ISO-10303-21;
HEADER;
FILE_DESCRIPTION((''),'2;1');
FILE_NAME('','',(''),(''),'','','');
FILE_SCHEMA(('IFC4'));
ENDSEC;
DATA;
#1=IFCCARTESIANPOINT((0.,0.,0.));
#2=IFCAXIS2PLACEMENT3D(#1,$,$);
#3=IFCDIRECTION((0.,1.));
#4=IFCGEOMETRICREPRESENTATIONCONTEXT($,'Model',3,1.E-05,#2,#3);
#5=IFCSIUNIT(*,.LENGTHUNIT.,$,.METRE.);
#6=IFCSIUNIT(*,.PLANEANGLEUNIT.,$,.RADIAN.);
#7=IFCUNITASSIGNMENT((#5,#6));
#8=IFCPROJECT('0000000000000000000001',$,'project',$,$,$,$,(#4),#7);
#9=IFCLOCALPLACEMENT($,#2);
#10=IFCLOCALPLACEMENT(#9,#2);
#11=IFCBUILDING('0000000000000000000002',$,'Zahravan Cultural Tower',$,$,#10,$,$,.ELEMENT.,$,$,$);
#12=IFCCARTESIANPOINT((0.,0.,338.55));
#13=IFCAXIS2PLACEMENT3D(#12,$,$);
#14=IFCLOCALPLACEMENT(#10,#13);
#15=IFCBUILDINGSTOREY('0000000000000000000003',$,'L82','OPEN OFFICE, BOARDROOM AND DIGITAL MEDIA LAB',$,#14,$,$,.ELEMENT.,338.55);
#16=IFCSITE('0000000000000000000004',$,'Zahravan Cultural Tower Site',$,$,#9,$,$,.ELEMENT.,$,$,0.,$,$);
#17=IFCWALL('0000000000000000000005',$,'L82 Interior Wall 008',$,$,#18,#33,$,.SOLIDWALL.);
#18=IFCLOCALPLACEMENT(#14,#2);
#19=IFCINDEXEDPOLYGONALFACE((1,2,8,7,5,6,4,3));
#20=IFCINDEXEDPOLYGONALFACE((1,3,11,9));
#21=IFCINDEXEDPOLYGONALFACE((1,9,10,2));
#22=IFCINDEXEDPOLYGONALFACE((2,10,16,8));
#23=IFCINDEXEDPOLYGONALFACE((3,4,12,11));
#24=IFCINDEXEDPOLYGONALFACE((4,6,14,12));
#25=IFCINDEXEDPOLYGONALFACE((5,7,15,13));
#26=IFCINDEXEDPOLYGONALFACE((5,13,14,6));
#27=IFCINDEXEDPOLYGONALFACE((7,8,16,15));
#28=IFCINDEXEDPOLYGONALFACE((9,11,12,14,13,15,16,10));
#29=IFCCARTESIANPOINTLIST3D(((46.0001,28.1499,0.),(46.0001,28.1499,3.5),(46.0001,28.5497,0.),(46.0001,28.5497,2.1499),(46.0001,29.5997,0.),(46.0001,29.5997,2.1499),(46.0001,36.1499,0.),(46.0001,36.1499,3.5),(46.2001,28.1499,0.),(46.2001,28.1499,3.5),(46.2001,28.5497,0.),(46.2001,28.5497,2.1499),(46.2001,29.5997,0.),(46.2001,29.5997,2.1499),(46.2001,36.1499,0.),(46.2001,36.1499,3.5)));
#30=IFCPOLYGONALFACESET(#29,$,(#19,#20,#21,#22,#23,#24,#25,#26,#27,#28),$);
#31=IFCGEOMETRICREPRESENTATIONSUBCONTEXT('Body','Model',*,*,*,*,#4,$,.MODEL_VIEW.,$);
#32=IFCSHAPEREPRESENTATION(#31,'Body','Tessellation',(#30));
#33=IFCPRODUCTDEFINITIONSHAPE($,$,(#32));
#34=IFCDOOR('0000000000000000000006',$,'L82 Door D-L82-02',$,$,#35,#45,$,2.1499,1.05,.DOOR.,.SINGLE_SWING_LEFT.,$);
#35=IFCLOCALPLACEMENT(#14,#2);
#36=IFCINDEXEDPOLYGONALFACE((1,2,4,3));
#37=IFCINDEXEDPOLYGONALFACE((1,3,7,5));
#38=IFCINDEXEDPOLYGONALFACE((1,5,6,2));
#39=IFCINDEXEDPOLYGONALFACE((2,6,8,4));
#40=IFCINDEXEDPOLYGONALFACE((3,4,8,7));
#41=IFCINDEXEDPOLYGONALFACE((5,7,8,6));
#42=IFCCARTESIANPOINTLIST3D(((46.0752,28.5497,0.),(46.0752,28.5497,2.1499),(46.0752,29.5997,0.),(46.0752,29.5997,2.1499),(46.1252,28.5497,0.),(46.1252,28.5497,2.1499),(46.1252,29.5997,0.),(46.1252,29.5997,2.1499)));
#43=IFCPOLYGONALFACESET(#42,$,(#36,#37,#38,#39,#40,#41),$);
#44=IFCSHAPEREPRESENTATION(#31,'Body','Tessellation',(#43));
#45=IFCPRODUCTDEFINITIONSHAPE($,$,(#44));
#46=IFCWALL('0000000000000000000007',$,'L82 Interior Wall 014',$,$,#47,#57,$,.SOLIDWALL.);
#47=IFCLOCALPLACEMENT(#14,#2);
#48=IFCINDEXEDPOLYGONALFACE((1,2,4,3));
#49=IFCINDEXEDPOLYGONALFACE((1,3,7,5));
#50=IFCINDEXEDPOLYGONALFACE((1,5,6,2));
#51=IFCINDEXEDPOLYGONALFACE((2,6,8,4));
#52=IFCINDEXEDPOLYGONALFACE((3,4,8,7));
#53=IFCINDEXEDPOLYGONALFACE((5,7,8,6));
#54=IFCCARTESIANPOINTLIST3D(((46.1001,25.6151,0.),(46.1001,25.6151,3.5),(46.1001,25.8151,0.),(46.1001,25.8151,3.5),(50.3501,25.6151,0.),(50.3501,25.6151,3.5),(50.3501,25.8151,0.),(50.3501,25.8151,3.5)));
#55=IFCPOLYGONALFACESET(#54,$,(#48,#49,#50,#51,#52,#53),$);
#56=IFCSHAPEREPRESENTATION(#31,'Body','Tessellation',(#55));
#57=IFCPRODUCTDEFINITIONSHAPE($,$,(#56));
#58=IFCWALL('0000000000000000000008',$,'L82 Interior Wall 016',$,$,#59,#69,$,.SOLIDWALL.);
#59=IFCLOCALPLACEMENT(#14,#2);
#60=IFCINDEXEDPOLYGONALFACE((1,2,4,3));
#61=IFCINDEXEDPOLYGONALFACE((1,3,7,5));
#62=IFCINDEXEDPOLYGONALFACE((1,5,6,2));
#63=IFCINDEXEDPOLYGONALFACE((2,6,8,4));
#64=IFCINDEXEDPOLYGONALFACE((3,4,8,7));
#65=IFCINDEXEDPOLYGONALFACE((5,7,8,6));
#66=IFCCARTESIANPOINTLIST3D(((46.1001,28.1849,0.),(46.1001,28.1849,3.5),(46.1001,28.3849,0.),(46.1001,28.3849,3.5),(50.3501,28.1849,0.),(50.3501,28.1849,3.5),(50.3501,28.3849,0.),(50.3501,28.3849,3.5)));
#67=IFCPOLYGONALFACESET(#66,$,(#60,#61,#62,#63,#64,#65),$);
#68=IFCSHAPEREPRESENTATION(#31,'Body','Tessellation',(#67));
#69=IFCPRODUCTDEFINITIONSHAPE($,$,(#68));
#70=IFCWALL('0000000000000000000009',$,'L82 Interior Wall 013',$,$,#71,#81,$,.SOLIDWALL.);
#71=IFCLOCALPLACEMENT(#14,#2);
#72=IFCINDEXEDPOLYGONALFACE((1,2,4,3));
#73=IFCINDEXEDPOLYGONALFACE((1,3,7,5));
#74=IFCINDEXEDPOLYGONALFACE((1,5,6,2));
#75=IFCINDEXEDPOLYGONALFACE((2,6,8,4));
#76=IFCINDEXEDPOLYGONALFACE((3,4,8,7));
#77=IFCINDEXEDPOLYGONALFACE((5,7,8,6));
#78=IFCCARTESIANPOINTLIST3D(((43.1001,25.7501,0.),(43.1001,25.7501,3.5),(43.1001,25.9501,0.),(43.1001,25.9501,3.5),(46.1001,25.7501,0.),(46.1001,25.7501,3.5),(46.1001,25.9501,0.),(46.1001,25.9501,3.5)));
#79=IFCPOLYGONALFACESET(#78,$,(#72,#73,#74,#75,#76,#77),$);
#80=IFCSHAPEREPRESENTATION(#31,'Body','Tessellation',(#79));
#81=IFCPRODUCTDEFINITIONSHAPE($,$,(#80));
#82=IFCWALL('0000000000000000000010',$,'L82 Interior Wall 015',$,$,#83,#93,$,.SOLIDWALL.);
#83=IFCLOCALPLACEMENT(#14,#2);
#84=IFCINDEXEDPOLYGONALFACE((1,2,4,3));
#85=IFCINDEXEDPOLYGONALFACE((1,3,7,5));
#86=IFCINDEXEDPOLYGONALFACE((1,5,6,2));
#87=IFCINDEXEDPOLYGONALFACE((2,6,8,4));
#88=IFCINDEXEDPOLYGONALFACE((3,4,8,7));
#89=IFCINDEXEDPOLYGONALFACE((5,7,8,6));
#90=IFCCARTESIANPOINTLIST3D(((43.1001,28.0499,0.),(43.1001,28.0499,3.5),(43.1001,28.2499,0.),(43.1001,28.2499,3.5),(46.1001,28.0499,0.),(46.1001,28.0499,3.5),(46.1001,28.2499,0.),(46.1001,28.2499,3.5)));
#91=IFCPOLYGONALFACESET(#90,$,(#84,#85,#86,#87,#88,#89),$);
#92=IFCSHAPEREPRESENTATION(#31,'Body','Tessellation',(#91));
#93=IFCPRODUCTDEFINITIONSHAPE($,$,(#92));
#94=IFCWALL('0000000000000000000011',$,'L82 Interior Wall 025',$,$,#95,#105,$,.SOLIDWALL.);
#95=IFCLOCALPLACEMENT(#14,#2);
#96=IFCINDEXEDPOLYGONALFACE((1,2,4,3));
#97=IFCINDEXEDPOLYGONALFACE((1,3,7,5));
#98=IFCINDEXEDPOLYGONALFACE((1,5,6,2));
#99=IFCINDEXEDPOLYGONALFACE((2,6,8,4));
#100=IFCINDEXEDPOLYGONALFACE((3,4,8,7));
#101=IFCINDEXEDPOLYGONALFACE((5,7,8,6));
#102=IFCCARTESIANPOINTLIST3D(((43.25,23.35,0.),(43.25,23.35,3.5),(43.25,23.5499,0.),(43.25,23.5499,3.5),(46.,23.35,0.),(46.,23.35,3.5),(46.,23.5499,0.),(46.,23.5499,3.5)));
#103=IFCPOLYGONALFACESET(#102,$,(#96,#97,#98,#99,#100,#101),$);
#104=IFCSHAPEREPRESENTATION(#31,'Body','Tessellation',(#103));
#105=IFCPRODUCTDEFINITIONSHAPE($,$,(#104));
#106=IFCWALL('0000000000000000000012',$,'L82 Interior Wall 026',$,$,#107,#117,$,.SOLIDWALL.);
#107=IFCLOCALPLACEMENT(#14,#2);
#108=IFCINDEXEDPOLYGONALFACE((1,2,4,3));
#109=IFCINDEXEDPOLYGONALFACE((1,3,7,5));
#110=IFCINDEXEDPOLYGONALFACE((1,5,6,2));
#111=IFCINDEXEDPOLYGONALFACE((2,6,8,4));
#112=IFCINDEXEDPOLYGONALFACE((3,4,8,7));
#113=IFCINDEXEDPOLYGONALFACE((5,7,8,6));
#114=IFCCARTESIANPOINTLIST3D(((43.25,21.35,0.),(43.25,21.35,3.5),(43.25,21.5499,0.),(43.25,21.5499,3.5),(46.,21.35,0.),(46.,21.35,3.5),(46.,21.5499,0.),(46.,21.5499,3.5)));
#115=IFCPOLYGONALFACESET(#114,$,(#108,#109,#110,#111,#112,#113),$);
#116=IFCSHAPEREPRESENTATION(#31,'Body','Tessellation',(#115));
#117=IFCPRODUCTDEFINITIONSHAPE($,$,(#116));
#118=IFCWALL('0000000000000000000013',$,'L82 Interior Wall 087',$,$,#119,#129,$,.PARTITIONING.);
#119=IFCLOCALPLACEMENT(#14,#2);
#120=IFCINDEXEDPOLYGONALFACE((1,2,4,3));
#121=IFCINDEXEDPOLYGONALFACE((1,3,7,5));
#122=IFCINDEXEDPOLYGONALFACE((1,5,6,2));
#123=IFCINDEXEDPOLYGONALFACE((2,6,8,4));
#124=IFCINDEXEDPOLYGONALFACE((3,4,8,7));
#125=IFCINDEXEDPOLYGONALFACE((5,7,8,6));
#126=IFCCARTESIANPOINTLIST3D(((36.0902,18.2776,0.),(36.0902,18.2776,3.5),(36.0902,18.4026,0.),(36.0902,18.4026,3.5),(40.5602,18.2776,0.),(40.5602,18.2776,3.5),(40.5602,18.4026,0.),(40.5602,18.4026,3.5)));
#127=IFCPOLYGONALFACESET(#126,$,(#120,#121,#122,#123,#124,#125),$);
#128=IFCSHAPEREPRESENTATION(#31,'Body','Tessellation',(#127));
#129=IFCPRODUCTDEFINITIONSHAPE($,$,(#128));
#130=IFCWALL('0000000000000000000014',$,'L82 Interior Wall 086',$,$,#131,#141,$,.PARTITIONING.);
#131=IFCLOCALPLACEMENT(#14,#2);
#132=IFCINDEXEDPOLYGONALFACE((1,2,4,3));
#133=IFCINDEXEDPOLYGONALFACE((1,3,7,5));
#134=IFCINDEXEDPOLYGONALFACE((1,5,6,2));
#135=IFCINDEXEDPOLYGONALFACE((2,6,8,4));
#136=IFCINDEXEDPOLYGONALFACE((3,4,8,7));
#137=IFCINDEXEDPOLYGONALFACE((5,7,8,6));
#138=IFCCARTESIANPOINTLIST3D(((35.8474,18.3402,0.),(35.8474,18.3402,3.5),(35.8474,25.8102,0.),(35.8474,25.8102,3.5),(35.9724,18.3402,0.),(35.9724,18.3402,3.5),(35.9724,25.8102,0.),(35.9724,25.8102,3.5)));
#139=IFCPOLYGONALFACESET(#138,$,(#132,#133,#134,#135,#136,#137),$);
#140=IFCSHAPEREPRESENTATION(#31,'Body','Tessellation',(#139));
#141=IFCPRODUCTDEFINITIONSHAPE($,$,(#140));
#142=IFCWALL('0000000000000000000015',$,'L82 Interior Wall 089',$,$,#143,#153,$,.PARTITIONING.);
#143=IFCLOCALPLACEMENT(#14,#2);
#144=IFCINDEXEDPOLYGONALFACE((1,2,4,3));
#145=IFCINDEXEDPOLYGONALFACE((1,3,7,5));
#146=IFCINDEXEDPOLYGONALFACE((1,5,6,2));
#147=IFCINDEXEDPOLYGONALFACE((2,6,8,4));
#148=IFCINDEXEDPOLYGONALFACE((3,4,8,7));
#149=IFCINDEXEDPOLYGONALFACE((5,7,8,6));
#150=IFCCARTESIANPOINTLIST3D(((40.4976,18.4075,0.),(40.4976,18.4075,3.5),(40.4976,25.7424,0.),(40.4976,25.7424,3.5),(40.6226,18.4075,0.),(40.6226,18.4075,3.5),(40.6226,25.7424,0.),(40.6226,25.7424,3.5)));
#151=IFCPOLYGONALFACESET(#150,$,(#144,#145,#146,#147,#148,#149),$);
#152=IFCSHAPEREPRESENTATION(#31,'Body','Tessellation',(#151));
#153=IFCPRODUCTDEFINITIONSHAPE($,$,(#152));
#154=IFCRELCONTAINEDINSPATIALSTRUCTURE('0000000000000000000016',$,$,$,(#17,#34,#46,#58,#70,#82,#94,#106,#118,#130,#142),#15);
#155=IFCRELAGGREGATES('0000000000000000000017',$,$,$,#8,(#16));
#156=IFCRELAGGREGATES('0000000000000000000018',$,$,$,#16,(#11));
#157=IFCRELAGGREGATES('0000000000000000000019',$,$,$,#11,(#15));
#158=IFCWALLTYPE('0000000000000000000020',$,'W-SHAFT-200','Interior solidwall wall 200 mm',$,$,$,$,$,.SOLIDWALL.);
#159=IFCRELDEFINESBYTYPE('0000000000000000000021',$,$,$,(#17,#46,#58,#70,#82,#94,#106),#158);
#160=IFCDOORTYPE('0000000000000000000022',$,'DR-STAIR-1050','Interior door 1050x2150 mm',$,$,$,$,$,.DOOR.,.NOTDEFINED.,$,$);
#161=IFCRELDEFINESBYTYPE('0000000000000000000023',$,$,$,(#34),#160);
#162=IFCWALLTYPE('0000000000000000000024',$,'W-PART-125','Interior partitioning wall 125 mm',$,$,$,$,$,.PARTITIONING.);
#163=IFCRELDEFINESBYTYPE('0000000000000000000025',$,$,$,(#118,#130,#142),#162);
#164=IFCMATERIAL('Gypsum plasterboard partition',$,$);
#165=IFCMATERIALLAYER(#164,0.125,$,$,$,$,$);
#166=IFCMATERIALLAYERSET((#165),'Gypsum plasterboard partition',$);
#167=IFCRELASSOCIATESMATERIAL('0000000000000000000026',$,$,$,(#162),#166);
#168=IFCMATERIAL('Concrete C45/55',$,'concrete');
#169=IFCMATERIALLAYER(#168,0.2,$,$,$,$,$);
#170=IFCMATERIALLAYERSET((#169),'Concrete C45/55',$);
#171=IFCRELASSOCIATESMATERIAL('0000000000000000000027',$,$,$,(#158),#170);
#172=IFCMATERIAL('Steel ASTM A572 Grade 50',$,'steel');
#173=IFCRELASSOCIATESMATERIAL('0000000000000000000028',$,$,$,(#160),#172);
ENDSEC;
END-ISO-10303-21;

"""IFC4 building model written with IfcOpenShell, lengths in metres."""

from ifc_helpers import new_model, si_unit, direction, frame, frame_2d, origin, place, context, subcontext, project, spatial, rectangle, extrude, source, transform, mapped, material, layer, layer_set, type_object, element, fill, save


model = new_model("IFC4")

# Units and contexts
model_context = context("Model", 3, precision=1e-05, world=origin(), true_north=direction((0.0, 1.0)))
body_context = subcontext(model_context, "Body", "Model", "MODEL_VIEW")
ifc_project = project(units=[si_unit("LENGTHUNIT", "METRE"), si_unit("PLANEANGLEUNIT", "RADIAN")], contexts=[model_context])

# Site, building, storey
site_placement = place(None, origin())
site = spatial("IfcSite", under=ifc_project, at=site_placement, Name="Zahravan Cultural Tower Site", CompositionType="ELEMENT", RefElevation=0.0)
building_placement = place(site_placement, origin())
building = spatial("IfcBuilding", under=site, at=building_placement, Name="Zahravan Cultural Tower", CompositionType="ELEMENT")
storey_placement = place(building_placement, frame((0.0, 0.0, 338.55)))
storey = spatial("IfcBuildingStorey", under=building, at=storey_placement, Name="L82", Description="OPEN OFFICE, BOARDROOM AND DIGITAL MEDIA LAB", CompositionType="ELEMENT", Elevation=338.55)

# Wall, opening, door
ifc_material_1 = material(Name="Steel ASTM A572 Grade 50", Category="steel")
ifc_material_2 = material(Name="Gypsum plasterboard partition")
ifc_layer_1 = layer(ifc_material_2, 0.125)
ifc_layer_set_1 = layer_set([ifc_layer_1], Name="Gypsum plasterboard partition")
wall_type_1 = type_object("IfcWallType", Name="W-PART-125", Description="Interior partitioning wall 125 mm", PredefinedType="PARTITIONING", material=ifc_layer_set_1)
ifc_material_3 = material(Name="Concrete C45/55", Category="concrete")
ifc_layer_2 = layer(ifc_material_3, 0.2)
ifc_layer_set_2 = layer_set([ifc_layer_2], Name="Concrete C45/55")
wall_type_2 = type_object("IfcWallType", Name="W-SHAFT-200", Description="Interior solidwall wall 200 mm", PredefinedType="SOLIDWALL", material=ifc_layer_set_2)
wall_1_placement = place(storey_placement, frame((46.1001, 28.1499, 0.0), z_axis=(0.0, 0.0, 1.0), x_axis=(0.0, 1.0, 0.0)))
wall_1 = element("IfcWall", 1, at=wall_1_placement, inside=storey, type_object=wall_type_2, Name="L82 Interior Wall 008", PredefinedType="SOLIDWALL", context=body_context, shape_type="SweptSolid", body=[
    extrude(rectangle(XDim=8.0, YDim=0.2, at=frame_2d((4.0, 0.0))), origin(), (0.0, 0.0, 1.0), 3.5),
])
opening_1_placement = place(wall_1_placement, frame((0.3999, 0.0, 0.0)))
opening_1 = element("IfcOpeningElement", 2, at=opening_1_placement, cuts=wall_1, PredefinedType="OPENING", context=body_context, shape_type="SweptSolid", body=[
    extrude(rectangle(XDim=1.05, YDim=2.1499, at=frame_2d((0.5249, 1.075))), frame((0.0, 0.1099, 0.0), z_axis=(0.0, -1.0, 0.0), x_axis=(1.0, 0.0, 0.0)), (0.0, 0.0, 1.0), 0.22),
])
door_type_1 = type_object("IfcDoorType", Name="DR-STAIR-1050", Description="Interior door 1050x2150 mm", OperationType="NOTDEFINED", PredefinedType="DOOR", material=ifc_material_1)
shared_shape_1 = source(origin(), body_context, "Body", "SweptSolid", [
    extrude(rectangle(XDim=1.05, YDim=2.1499, at=frame_2d((0.5249, 1.075))), frame((0.0, 0.0249, 0.0), z_axis=(0.0, -1.0, 0.0), x_axis=(1.0, 0.0, 0.0)), (0.0, 0.0, 1.0), 0.05),
])
door_1_placement = place(opening_1_placement, origin())
door_1 = element("IfcDoor", 3, at=door_1_placement, inside=storey, type_object=door_type_1, Name="L82 Door D-L82-02", OperationType="SINGLE_SWING_LEFT", OverallHeight=2.1499, OverallWidth=1.05, PredefinedType="DOOR", context=body_context, shape_type="MappedRepresentation", body=[
    mapped(shared_shape_1, transform((0.0, 0.0, 0.0), x_axis=(1.0, 0.0, 0.0), y_axis=(0.0, 1.0, 0.0), z_axis=(0.0, 0.0, 1.0), scale=1.0)),
])
fill(opening_1, door_1)

# Walls
shared_shape_2 = source(origin(), body_context, "Body", "SweptSolid", [
    extrude(rectangle(XDim=4.25, YDim=0.2, at=frame_2d((2.125, 0.0))), origin(), (0.0, 0.0, 1.0), 3.5),
])
for number, where, z_axis, x_axis, name in (
    (4, (46.1001, 25.7151, 0.0), (0.0, 0.0, 1.0), (1.0, 0.0, 0.0), "L82 Interior Wall 014"),
    (5, (46.1001, 28.2849, 0.0), (0.0, 0.0, 1.0), (1.0, 0.0, 0.0), "L82 Interior Wall 016"),
):
    element("IfcWall", number, at=place(storey_placement, frame(where, z_axis=z_axis, x_axis=x_axis)), inside=storey, type_object=wall_type_2, Name=name, PredefinedType="SOLIDWALL", context=body_context, shape_type="MappedRepresentation", body=[
        mapped(shared_shape_2, transform((0.0, 0.0, 0.0), x_axis=(1.0, 0.0, 0.0), y_axis=(0.0, 1.0, 0.0), z_axis=(0.0, 0.0, 1.0), scale=1.0)),
    ])
shared_shape_3 = source(origin(), body_context, "Body", "SweptSolid", [
    extrude(rectangle(XDim=3.0, YDim=0.2, at=frame_2d((1.5, 0.0))), origin(), (0.0, 0.0, 1.0), 3.5),
])
for number, where, z_axis, x_axis, name in (
    (6, (43.1001, 25.8501, 0.0), (0.0, 0.0, 1.0), (1.0, 0.0, 0.0), "L82 Interior Wall 013"),
    (7, (43.1001, 28.1499, 0.0), (0.0, 0.0, 1.0), (1.0, 0.0, 0.0), "L82 Interior Wall 015"),
):
    element("IfcWall", number, at=place(storey_placement, frame(where, z_axis=z_axis, x_axis=x_axis)), inside=storey, type_object=wall_type_2, Name=name, PredefinedType="SOLIDWALL", context=body_context, shape_type="MappedRepresentation", body=[
        mapped(shared_shape_3, transform((0.0, 0.0, 0.0), x_axis=(1.0, 0.0, 0.0), y_axis=(0.0, 1.0, 0.0), z_axis=(0.0, 0.0, 1.0), scale=1.0)),
    ])
shared_shape_4 = source(origin(), body_context, "Body", "SweptSolid", [
    extrude(rectangle(XDim=2.75, YDim=0.2, at=frame_2d((1.375, 0.0))), origin(), (0.0, 0.0, 1.0), 3.5),
])
for number, where, z_axis, x_axis, name in (
    (8, (43.25, 23.45, 0.0), (0.0, 0.0, 1.0), (1.0, 0.0, 0.0), "L82 Interior Wall 025"),
    (9, (43.25, 21.45, 0.0), (0.0, 0.0, 1.0), (1.0, 0.0, 0.0), "L82 Interior Wall 026"),
):
    element("IfcWall", number, at=place(storey_placement, frame(where, z_axis=z_axis, x_axis=x_axis)), inside=storey, type_object=wall_type_2, Name=name, PredefinedType="SOLIDWALL", context=body_context, shape_type="MappedRepresentation", body=[
        mapped(shared_shape_4, transform((0.0, 0.0, 0.0), x_axis=(1.0, 0.0, 0.0), y_axis=(0.0, 1.0, 0.0), z_axis=(0.0, 0.0, 1.0), scale=1.0)),
    ])
shared_shape_5 = source(origin(), body_context, "Body", "SweptSolid", [
    extrude(rectangle(XDim=4.47, YDim=0.125, at=frame_2d((2.2349, 0.0))), origin(), (0.0, 0.0, 1.0), 3.5),
])
wall_2_placement = place(storey_placement, frame((40.5601, 18.3401, 0.0), z_axis=(0.0, 0.0, 1.0), x_axis=(-1.0, 0.0, 0.0)))
element("IfcWall", 10, at=wall_2_placement, inside=storey, type_object=wall_type_1, Name="L82 Interior Wall 087", PredefinedType="PARTITIONING", context=body_context, shape_type="MappedRepresentation", body=[
    mapped(shared_shape_5, transform((0.0, 0.0, 0.0), x_axis=(1.0, 0.0, 0.0), y_axis=(0.0, 1.0, 0.0), z_axis=(0.0, 0.0, 1.0), scale=1.0)),
])
shared_shape_6 = source(origin(), body_context, "Body", "SweptSolid", [
    extrude(rectangle(XDim=7.47, YDim=0.125, at=frame_2d((3.7349, 0.0))), origin(), (0.0, 0.0, 1.0), 3.5),
])
wall_3_placement = place(storey_placement, frame((35.9099, 25.8101, 0.0), z_axis=(0.0, 0.0, 1.0), x_axis=(0.0, -1.0, 0.0)))
element("IfcWall", 11, at=wall_3_placement, inside=storey, type_object=wall_type_1, Name="L82 Interior Wall 086", PredefinedType="PARTITIONING", context=body_context, shape_type="MappedRepresentation", body=[
    mapped(shared_shape_6, transform((0.0, 0.0, 0.0), x_axis=(1.0, 0.0, 0.0), y_axis=(0.0, 1.0, 0.0), z_axis=(0.0, 0.0, 1.0), scale=1.0)),
])
shared_shape_7 = source(origin(), body_context, "Body", "SweptSolid", [
    extrude(rectangle(XDim=7.335, YDim=0.125, at=frame_2d((3.6675, 0.0))), origin(), (0.0, 0.0, 1.0), 3.5),
])
wall_4_placement = place(storey_placement, frame((40.5601, 25.7424, 0.0), z_axis=(0.0, 0.0, 1.0), x_axis=(0.0, -1.0, 0.0)))
element("IfcWall", 12, at=wall_4_placement, inside=storey, type_object=wall_type_1, Name="L82 Interior Wall 089", PredefinedType="PARTITIONING", context=body_context, shape_type="MappedRepresentation", body=[
    mapped(shared_shape_7, transform((0.0, 0.0, 0.0), x_axis=(1.0, 0.0, 0.0), y_axis=(0.0, 1.0, 0.0), z_axis=(0.0, 0.0, 1.0), scale=1.0)),
])

save(model, "model.ifc")
